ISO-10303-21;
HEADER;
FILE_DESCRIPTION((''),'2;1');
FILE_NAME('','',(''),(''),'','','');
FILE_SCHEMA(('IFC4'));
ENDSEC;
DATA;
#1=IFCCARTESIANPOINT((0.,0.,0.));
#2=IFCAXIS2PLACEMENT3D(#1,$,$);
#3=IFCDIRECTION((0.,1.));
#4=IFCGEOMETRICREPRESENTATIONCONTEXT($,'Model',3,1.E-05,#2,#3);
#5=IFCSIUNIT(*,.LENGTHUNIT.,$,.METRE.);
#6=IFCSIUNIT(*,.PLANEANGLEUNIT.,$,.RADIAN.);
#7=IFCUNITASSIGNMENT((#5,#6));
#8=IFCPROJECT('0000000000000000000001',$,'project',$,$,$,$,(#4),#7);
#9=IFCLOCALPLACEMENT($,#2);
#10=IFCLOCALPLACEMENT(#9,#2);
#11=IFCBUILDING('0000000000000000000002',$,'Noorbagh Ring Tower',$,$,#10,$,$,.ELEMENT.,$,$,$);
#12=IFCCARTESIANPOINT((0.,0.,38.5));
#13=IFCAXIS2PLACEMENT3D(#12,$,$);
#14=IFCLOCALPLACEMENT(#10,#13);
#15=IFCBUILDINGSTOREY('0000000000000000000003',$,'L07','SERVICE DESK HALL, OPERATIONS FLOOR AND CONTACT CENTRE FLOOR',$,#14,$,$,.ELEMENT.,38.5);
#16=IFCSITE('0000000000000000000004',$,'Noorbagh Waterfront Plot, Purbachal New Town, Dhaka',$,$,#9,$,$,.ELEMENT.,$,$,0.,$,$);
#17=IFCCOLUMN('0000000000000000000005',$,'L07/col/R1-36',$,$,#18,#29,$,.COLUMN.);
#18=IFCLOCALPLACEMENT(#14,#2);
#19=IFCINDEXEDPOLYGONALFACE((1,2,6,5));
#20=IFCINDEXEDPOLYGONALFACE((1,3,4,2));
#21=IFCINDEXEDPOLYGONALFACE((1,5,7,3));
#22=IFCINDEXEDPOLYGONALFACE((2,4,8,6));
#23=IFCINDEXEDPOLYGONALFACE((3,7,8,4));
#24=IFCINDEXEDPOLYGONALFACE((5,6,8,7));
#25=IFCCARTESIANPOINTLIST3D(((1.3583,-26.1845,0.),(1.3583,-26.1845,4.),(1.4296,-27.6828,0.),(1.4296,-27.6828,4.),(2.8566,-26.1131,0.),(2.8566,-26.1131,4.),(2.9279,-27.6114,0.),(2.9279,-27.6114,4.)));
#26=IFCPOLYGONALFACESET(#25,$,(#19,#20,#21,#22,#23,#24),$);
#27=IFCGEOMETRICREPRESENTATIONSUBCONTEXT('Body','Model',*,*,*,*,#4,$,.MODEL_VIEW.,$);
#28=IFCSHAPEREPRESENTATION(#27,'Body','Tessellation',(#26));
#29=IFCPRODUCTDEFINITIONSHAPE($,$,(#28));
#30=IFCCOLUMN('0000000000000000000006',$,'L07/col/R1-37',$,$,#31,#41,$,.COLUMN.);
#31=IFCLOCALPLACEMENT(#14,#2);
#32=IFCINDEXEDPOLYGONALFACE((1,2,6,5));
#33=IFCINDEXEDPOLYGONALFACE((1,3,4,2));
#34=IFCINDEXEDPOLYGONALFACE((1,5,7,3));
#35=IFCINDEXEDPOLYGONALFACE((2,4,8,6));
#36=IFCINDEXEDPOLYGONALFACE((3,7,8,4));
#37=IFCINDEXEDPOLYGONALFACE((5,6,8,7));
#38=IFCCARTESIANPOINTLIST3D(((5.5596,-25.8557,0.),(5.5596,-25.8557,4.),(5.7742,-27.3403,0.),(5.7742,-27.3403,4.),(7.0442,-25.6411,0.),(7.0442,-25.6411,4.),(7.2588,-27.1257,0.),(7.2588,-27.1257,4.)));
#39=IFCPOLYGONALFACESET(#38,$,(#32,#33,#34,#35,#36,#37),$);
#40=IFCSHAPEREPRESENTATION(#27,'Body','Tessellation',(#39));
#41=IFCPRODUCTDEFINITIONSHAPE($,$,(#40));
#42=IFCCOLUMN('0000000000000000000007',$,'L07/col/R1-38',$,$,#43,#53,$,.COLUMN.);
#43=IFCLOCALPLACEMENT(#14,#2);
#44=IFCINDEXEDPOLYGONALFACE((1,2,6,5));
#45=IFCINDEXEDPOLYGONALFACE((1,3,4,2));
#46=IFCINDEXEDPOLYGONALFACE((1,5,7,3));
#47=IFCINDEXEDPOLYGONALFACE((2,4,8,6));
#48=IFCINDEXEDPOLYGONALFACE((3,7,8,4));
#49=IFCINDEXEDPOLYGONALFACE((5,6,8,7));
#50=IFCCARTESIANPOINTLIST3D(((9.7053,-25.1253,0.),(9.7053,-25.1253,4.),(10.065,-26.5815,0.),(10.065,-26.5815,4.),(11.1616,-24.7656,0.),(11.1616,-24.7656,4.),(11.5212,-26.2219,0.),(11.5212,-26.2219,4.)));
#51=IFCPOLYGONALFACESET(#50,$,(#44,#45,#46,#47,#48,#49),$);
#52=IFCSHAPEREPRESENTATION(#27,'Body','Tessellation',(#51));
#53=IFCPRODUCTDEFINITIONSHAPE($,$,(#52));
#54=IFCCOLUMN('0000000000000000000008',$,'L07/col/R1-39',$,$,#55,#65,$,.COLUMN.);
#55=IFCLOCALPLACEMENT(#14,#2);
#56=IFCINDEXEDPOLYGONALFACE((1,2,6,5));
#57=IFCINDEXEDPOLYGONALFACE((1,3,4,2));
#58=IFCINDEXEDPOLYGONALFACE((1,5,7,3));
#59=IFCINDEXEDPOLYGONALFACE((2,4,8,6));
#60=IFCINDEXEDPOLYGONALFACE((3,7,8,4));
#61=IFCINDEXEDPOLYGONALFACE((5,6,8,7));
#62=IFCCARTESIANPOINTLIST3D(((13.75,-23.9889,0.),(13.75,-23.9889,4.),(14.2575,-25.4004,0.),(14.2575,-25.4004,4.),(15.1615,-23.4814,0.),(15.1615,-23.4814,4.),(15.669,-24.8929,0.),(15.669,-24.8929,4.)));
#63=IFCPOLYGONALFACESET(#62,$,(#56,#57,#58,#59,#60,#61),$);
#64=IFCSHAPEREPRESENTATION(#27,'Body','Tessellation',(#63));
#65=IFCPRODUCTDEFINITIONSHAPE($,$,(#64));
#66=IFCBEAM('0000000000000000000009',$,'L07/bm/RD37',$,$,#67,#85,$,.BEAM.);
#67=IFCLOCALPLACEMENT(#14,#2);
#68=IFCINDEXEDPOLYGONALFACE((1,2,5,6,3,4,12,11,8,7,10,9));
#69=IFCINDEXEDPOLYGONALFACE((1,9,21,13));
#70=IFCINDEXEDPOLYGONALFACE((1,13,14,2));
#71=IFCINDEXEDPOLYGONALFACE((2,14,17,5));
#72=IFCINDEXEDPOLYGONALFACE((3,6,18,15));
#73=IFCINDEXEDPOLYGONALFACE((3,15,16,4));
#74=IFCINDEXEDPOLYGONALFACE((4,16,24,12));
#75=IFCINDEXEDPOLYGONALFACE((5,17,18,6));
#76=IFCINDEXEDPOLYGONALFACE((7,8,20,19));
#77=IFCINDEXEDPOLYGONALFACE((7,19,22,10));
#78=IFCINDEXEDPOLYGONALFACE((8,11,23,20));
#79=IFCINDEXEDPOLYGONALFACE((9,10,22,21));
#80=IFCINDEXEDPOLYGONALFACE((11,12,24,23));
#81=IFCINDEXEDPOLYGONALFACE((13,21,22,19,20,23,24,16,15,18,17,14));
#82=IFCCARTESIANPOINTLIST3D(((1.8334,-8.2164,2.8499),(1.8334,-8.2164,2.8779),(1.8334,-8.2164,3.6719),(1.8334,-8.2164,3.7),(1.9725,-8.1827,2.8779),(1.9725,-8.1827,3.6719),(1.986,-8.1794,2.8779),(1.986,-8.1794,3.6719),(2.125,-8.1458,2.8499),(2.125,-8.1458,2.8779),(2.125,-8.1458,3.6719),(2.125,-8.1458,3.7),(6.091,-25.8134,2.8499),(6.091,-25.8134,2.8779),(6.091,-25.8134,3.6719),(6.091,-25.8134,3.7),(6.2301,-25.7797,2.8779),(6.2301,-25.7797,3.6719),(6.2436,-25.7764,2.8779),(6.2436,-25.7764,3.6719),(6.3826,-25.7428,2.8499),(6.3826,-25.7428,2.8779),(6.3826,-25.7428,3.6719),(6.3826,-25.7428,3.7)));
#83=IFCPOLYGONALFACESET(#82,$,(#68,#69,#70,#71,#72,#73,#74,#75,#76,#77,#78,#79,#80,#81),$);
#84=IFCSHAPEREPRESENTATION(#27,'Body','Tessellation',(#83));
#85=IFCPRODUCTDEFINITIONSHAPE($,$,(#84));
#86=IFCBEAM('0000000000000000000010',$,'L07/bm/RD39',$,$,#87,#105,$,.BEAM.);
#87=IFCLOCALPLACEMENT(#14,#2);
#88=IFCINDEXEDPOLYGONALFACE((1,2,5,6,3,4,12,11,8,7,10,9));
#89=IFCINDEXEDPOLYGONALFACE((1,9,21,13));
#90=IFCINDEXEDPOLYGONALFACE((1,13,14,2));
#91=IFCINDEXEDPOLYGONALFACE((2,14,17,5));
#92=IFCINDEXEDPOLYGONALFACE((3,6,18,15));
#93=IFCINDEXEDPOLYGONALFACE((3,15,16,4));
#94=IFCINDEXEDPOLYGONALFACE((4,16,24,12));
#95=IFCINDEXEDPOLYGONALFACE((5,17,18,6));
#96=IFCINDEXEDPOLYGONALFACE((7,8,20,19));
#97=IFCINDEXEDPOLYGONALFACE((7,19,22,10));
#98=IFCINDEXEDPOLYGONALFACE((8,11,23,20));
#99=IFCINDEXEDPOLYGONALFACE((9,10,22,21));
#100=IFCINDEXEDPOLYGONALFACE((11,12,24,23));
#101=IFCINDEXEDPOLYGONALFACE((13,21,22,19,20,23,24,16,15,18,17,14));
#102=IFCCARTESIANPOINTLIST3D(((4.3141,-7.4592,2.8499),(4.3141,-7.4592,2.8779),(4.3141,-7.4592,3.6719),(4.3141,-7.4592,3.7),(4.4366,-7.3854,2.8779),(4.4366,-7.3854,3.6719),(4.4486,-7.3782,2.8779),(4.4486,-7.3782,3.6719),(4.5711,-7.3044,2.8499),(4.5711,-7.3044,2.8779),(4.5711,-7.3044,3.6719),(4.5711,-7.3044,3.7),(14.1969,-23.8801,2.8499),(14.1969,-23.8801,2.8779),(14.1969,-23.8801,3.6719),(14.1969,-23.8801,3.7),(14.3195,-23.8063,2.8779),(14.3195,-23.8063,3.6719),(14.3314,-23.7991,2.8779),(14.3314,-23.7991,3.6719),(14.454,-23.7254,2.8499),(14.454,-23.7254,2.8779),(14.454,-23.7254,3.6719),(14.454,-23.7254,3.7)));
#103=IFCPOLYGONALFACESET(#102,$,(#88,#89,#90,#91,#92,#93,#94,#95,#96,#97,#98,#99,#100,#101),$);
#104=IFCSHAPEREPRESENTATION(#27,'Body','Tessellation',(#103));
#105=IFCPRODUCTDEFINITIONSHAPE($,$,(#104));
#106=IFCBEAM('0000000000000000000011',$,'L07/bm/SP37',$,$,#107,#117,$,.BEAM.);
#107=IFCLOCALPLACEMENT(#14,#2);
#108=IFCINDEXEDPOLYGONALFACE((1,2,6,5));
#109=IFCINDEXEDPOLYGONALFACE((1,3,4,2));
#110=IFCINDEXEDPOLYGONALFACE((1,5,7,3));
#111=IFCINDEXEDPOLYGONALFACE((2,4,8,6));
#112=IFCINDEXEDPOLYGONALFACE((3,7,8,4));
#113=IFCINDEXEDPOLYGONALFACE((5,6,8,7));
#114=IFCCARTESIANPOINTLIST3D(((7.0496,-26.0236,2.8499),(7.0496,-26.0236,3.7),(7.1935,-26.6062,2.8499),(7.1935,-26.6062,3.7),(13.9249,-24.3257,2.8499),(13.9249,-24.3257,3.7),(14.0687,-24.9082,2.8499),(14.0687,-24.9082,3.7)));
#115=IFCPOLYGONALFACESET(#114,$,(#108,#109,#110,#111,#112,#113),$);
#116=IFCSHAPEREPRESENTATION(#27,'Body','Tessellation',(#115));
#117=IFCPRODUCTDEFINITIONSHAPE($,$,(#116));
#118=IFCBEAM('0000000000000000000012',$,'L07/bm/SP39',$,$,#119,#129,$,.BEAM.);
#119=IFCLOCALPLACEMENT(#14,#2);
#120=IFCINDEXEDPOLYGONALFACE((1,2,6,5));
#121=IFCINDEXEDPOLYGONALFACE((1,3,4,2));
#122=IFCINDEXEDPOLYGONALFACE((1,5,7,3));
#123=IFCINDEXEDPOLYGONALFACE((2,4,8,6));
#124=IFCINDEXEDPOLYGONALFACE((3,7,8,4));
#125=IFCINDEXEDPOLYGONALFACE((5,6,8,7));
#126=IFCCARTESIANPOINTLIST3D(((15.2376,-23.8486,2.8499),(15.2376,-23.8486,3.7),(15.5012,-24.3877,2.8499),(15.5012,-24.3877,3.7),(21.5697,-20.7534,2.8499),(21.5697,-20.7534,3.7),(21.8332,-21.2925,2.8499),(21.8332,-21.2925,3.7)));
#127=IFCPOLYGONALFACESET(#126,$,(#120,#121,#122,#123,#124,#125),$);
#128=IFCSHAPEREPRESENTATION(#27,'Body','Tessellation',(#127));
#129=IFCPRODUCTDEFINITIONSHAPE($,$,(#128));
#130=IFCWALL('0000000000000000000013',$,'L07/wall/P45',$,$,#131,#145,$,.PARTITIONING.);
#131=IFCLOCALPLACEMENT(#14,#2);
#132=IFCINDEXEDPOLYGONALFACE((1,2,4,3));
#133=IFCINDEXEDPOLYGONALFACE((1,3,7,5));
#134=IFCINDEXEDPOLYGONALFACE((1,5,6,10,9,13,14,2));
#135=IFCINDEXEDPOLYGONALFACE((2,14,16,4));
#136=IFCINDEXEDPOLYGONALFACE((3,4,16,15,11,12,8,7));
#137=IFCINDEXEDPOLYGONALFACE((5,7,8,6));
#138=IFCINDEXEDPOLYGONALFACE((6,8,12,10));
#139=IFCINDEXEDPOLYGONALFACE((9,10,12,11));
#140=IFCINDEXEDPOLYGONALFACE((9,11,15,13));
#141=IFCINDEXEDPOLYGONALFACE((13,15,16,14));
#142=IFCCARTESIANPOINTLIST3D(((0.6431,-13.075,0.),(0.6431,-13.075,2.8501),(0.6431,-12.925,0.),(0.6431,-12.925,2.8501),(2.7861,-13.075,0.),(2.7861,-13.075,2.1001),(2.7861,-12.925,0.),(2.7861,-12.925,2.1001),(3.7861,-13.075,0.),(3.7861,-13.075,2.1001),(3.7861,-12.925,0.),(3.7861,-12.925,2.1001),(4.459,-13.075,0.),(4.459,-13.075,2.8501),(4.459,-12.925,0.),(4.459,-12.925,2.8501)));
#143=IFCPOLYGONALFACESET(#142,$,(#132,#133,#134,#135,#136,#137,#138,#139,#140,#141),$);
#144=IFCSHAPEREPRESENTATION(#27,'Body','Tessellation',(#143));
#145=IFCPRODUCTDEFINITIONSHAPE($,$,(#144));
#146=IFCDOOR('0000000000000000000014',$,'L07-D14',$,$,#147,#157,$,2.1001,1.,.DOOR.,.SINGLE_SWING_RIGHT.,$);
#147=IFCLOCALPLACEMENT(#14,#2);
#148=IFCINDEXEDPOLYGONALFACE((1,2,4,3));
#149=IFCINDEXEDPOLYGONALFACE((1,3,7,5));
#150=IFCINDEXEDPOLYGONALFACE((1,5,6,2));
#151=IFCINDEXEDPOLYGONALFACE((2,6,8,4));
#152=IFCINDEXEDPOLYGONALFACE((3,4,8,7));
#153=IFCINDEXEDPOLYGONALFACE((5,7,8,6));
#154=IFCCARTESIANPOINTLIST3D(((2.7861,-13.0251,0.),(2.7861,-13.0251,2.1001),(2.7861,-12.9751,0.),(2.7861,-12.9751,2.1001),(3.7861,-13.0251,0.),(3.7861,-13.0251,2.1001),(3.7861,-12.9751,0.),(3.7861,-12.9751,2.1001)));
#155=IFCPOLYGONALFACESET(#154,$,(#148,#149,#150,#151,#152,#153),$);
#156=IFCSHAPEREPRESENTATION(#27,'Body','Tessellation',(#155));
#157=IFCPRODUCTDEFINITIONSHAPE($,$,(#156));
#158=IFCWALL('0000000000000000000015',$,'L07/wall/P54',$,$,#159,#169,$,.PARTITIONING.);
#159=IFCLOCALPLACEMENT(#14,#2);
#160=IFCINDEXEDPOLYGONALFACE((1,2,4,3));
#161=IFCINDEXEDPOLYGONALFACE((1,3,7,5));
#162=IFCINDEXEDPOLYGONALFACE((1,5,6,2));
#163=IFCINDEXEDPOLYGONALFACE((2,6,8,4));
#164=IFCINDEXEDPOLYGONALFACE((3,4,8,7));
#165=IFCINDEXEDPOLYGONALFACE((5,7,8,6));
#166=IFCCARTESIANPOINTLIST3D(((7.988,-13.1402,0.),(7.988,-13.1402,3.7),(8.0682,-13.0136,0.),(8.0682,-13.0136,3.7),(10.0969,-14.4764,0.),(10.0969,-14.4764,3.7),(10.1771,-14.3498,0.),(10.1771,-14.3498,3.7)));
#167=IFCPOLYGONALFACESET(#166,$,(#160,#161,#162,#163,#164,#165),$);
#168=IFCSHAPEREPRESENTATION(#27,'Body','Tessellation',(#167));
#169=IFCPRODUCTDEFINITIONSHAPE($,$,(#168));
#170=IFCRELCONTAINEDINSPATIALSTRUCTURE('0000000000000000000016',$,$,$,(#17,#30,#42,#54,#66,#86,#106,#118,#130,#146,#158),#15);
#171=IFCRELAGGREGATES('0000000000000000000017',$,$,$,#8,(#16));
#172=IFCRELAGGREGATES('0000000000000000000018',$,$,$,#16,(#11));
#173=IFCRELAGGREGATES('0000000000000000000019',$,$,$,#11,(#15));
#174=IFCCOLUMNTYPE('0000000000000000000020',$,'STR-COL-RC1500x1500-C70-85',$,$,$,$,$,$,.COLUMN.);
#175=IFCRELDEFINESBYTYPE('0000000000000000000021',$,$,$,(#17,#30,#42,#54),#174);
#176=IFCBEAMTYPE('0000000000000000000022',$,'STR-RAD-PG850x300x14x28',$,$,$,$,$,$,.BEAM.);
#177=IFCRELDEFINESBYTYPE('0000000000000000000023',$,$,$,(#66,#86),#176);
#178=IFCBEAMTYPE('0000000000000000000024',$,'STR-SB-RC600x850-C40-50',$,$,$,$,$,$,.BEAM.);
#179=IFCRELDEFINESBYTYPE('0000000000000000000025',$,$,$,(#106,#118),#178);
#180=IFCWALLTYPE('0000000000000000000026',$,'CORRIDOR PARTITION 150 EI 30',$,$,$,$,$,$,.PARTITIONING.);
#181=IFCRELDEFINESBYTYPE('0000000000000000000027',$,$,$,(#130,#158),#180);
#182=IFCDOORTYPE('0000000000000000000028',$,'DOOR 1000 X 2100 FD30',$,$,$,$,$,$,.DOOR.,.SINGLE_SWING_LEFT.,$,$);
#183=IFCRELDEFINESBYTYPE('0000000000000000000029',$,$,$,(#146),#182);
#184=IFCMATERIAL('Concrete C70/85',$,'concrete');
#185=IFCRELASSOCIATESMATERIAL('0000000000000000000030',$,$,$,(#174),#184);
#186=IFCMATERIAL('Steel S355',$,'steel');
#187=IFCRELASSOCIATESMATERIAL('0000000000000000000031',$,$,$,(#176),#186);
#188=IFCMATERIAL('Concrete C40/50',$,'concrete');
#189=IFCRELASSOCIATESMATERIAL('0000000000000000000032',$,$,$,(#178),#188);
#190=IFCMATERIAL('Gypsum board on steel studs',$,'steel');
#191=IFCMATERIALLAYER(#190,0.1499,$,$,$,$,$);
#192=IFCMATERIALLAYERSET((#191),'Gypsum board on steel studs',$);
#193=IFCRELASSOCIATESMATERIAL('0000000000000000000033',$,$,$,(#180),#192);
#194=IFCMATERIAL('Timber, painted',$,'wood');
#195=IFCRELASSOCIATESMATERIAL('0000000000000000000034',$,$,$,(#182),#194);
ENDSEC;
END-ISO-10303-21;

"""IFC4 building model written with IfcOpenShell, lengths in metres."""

from ifc_helpers import new_model, si_unit, direction, frame, frame_2d, origin, origin_2d, place, context, subcontext, project, spatial, rectangle, i_section, extrude, material, layer, layer_set, material_profile, profile_set, type_object, element, fill, save


model = new_model("IFC4")

# Units and contexts
model_context = context("Model", 3, precision=1e-05, world=origin(), true_north=direction((0.0, 1.0)))
body_context = subcontext(model_context, "Body", "Model", "MODEL_VIEW")
ifc_project = project(units=[si_unit("LENGTHUNIT", "METRE"), si_unit("PLANEANGLEUNIT", "RADIAN")], contexts=[model_context])

# Site, building, storey
site_placement = place(None, origin())
site = spatial("IfcSite", under=ifc_project, at=site_placement, Name="Noorbagh Waterfront Plot, Purbachal New Town, Dhaka", CompositionType="ELEMENT", RefElevation=0.0)
building_placement = place(site_placement, origin())
building = spatial("IfcBuilding", under=site, at=building_placement, Name="Noorbagh Ring Tower", CompositionType="ELEMENT")
storey_placement = place(building_placement, frame((0.0, 0.0, 38.5)))
storey = spatial("IfcBuildingStorey", under=building, at=storey_placement, Name="L07", Description="SERVICE DESK HALL, OPERATIONS FLOOR AND CONTACT CENTRE FLOOR", CompositionType="ELEMENT", Elevation=38.5)

# Columns
ifc_material_1 = material(Name="Concrete C70/85", Category="concrete")
ifc_material_profile_1 = material_profile(ifc_material_1, rectangle(XDim=1.5, YDim=1.5, at=origin_2d()), Name="RC1500x1500")
ifc_profile_set_1 = profile_set([ifc_material_profile_1], Name="Concrete C70/85")
column_type = type_object("IfcColumnType", Name="STR-COL-RC1500x1500-C70-85", PredefinedType="COLUMN", material=ifc_profile_set_1)
for number, where, z_axis, x_axis, name in (
    (1, (2.1431, -26.8979, 0.0), (0.0, 0.0, 1.0), (0.998869, 0.047553, 0.0), "L07/col/R1-36"),
    (2, (6.4092, -26.4907, 0.0), (0.0, 0.0, 1.0), (0.989713, 0.143066, 0.0), "L07/col/R1-37"),
    (3, (10.6133, -25.6736, 0.0), (0.0, 0.0, 1.0), (0.970829, 0.239771, 0.0), "L07/col/R1-38"),
    (4, (14.7095, -24.4409, 0.0), (0.0, 0.0, 1.0), (0.941025, 0.338338, 0.0), "L07/col/R1-39"),
):
    element("IfcColumn", number, at=place(storey_placement, frame(where, z_axis=z_axis, x_axis=x_axis)), inside=storey, type_object=column_type, Name=name, PredefinedType="COLUMN", context=body_context, shape_type="SweptSolid", body=[
        extrude(rectangle(XDim=1.5, YDim=1.5, at=origin_2d()), origin(), (0.0, 0.0, 1.0), 4.0),
    ])

# Beams
ifc_material_2 = material(Name="Steel S355", Category="steel")
ifc_material_profile_2 = material_profile(ifc_material_2, i_section(OverallWidth=0.3, OverallDepth=0.8501, WebThickness=0.0139, FlangeThickness=0.0281, at=origin_2d()), Name="PG850x300x14x28")
ifc_profile_set_2 = profile_set([ifc_material_profile_2], Name="Steel S355")
beam_type_1 = type_object("IfcBeamType", Name="STR-RAD-PG850x300x14x28", PredefinedType="BEAM", material=ifc_profile_set_2)
beam_1_placement = place(storey_placement, frame((6.2368, -25.7781, 3.2749), z_axis=(-0.235164, 0.971956, 0.0), x_axis=(-0.971956, -0.235164, 0.0)))
element("IfcBeam", 5, at=beam_1_placement, inside=storey, type_object=beam_type_1, Name="L07/bm/RD37", PredefinedType="BEAM", context=body_context, shape_type="SweptSolid", body=[
    extrude(i_section(OverallWidth=0.3, OverallDepth=0.8501, WebThickness=0.0139, FlangeThickness=0.0281, at=origin_2d()), origin(), (0.0, 0.0, 1.0), 18.1047),
])
beam_2_placement = place(storey_placement, frame((14.3254, -23.8027, 3.2749), z_axis=(-0.515657, 0.856795, 0.0), x_axis=(-0.856795, -0.515657, 0.0)))
element("IfcBeam", 6, at=beam_2_placement, inside=storey, type_object=beam_type_1, Name="L07/bm/RD39", PredefinedType="BEAM", context=body_context, shape_type="SweptSolid", body=[
    extrude(i_section(OverallWidth=0.3, OverallDepth=0.8501, WebThickness=0.0139, FlangeThickness=0.0281, at=origin_2d()), origin(), (0.0, 0.0, 1.0), 19.1655),
])
ifc_material_3 = material(Name="Concrete C40/50", Category="concrete")
ifc_material_profile_3 = material_profile(ifc_material_3, rectangle(XDim=0.6001, YDim=0.8501, at=origin_2d()), Name="RC600x850")
ifc_profile_set_3 = profile_set([ifc_material_profile_3], Name="Concrete C40/50")
beam_type_2 = type_object("IfcBeamType", Name="STR-SB-RC600x850-C40-50", PredefinedType="BEAM", material=ifc_profile_set_3)
beam_3_placement = place(storey_placement, frame((7.1216, -26.3149, 3.2749), z_axis=(0.97083, 0.239769, 0.0), x_axis=(-0.239769, 0.97083, 0.0)))
element("IfcBeam", 7, at=beam_3_placement, inside=storey, type_object=beam_type_2, Name="L07/bm/SP37", PredefinedType="BEAM", context=body_context, shape_type="SweptSolid", body=[
    extrude(rectangle(XDim=0.6001, YDim=0.8501, at=origin_2d()), origin(), (0.0, 0.0, 1.0), 7.0818),
])
beam_4_placement = place(storey_placement, frame((15.3694, -24.1182, 3.2749), z_axis=(0.898409, 0.439159, 0.0), x_axis=(-0.439159, 0.898409, 0.0)))
element("IfcBeam", 8, at=beam_4_placement, inside=storey, type_object=beam_type_2, Name="L07/bm/SP39", PredefinedType="BEAM", context=body_context, shape_type="SweptSolid", body=[
    extrude(rectangle(XDim=0.6001, YDim=0.8501, at=origin_2d()), origin(), (0.0, 0.0, 1.0), 7.0481),
])

# Wall, opening, door
ifc_material_4 = material(Name="Gypsum board on steel studs", Category="steel")
ifc_layer_1 = layer(ifc_material_4, 0.1499)
ifc_layer_set_1 = layer_set([ifc_layer_1], Name="Gypsum board on steel studs")
wall_type_1 = type_object("IfcWallType", Name="CORRIDOR PARTITION 150 EI 30", PredefinedType="PARTITIONING", material=ifc_layer_set_1)
wall_1_placement = place(storey_placement, frame((0.6431, -13.0, 0.0), z_axis=(0.0, 0.0, 1.0), x_axis=(1.0, 0.0, 0.0)))
wall_1 = element("IfcWall", 9, at=wall_1_placement, inside=storey, type_object=wall_type_1, Name="L07/wall/P45", PredefinedType="PARTITIONING", context=body_context, shape_type="SweptSolid", body=[
    extrude(rectangle(XDim=3.8159, YDim=0.1499, at=frame_2d((1.908, 0.0))), origin(), (0.0, 0.0, 1.0), 2.8501),
])
opening_1_placement = place(wall_1_placement, frame((2.1431, 0.0, 0.0)))
opening_1 = element("IfcOpeningElement", 10, at=opening_1_placement, cuts=wall_1, PredefinedType="OPENING", context=body_context, shape_type="SweptSolid", body=[
    extrude(rectangle(XDim=1.0, YDim=2.1001, at=frame_2d((0.5, 1.05))), frame((0.0, 0.085, 0.0), z_axis=(0.0, -1.0, 0.0), x_axis=(1.0, 0.0, 0.0)), (0.0, 0.0, 1.0), 0.1699),
])
ifc_material_5 = material(Name="Timber, painted", Category="wood")
door_type_1 = type_object("IfcDoorType", Name="DOOR 1000 X 2100 FD30", OperationType="SINGLE_SWING_LEFT", PredefinedType="DOOR", material=ifc_material_5)
door_1_placement = place(opening_1_placement, origin())
door_1 = element("IfcDoor", 11, at=door_1_placement, inside=storey, type_object=door_type_1, Name="L07-D14", OperationType="SINGLE_SWING_RIGHT", OverallHeight=2.1001, OverallWidth=1.0, PredefinedType="DOOR", context=body_context, shape_type="SweptSolid", body=[
    extrude(rectangle(XDim=1.0, YDim=2.1001, at=frame_2d((0.5, 1.05))), frame((0.0, 0.0249, 0.0), z_axis=(0.0, -1.0, 0.0), x_axis=(1.0, 0.0, 0.0)), (0.0, 0.0, 1.0), 0.05),
])
fill(opening_1, door_1)

# Wall
wall_2_placement = place(storey_placement, frame((8.0281, -13.0769, 0.0), z_axis=(0.0, 0.0, 1.0), x_axis=(0.844719, -0.53521, 0.0)))
element("IfcWall", 12, at=wall_2_placement, inside=storey, type_object=wall_type_1, Name="L07/wall/P54", PredefinedType="PARTITIONING", context=body_context, shape_type="SweptSolid", body=[
    extrude(rectangle(XDim=2.4966, YDim=0.1499, at=frame_2d((1.2483, 0.0))), origin(), (0.0, 0.0, 1.0), 3.7),
])

save(model, "model.ifc")
